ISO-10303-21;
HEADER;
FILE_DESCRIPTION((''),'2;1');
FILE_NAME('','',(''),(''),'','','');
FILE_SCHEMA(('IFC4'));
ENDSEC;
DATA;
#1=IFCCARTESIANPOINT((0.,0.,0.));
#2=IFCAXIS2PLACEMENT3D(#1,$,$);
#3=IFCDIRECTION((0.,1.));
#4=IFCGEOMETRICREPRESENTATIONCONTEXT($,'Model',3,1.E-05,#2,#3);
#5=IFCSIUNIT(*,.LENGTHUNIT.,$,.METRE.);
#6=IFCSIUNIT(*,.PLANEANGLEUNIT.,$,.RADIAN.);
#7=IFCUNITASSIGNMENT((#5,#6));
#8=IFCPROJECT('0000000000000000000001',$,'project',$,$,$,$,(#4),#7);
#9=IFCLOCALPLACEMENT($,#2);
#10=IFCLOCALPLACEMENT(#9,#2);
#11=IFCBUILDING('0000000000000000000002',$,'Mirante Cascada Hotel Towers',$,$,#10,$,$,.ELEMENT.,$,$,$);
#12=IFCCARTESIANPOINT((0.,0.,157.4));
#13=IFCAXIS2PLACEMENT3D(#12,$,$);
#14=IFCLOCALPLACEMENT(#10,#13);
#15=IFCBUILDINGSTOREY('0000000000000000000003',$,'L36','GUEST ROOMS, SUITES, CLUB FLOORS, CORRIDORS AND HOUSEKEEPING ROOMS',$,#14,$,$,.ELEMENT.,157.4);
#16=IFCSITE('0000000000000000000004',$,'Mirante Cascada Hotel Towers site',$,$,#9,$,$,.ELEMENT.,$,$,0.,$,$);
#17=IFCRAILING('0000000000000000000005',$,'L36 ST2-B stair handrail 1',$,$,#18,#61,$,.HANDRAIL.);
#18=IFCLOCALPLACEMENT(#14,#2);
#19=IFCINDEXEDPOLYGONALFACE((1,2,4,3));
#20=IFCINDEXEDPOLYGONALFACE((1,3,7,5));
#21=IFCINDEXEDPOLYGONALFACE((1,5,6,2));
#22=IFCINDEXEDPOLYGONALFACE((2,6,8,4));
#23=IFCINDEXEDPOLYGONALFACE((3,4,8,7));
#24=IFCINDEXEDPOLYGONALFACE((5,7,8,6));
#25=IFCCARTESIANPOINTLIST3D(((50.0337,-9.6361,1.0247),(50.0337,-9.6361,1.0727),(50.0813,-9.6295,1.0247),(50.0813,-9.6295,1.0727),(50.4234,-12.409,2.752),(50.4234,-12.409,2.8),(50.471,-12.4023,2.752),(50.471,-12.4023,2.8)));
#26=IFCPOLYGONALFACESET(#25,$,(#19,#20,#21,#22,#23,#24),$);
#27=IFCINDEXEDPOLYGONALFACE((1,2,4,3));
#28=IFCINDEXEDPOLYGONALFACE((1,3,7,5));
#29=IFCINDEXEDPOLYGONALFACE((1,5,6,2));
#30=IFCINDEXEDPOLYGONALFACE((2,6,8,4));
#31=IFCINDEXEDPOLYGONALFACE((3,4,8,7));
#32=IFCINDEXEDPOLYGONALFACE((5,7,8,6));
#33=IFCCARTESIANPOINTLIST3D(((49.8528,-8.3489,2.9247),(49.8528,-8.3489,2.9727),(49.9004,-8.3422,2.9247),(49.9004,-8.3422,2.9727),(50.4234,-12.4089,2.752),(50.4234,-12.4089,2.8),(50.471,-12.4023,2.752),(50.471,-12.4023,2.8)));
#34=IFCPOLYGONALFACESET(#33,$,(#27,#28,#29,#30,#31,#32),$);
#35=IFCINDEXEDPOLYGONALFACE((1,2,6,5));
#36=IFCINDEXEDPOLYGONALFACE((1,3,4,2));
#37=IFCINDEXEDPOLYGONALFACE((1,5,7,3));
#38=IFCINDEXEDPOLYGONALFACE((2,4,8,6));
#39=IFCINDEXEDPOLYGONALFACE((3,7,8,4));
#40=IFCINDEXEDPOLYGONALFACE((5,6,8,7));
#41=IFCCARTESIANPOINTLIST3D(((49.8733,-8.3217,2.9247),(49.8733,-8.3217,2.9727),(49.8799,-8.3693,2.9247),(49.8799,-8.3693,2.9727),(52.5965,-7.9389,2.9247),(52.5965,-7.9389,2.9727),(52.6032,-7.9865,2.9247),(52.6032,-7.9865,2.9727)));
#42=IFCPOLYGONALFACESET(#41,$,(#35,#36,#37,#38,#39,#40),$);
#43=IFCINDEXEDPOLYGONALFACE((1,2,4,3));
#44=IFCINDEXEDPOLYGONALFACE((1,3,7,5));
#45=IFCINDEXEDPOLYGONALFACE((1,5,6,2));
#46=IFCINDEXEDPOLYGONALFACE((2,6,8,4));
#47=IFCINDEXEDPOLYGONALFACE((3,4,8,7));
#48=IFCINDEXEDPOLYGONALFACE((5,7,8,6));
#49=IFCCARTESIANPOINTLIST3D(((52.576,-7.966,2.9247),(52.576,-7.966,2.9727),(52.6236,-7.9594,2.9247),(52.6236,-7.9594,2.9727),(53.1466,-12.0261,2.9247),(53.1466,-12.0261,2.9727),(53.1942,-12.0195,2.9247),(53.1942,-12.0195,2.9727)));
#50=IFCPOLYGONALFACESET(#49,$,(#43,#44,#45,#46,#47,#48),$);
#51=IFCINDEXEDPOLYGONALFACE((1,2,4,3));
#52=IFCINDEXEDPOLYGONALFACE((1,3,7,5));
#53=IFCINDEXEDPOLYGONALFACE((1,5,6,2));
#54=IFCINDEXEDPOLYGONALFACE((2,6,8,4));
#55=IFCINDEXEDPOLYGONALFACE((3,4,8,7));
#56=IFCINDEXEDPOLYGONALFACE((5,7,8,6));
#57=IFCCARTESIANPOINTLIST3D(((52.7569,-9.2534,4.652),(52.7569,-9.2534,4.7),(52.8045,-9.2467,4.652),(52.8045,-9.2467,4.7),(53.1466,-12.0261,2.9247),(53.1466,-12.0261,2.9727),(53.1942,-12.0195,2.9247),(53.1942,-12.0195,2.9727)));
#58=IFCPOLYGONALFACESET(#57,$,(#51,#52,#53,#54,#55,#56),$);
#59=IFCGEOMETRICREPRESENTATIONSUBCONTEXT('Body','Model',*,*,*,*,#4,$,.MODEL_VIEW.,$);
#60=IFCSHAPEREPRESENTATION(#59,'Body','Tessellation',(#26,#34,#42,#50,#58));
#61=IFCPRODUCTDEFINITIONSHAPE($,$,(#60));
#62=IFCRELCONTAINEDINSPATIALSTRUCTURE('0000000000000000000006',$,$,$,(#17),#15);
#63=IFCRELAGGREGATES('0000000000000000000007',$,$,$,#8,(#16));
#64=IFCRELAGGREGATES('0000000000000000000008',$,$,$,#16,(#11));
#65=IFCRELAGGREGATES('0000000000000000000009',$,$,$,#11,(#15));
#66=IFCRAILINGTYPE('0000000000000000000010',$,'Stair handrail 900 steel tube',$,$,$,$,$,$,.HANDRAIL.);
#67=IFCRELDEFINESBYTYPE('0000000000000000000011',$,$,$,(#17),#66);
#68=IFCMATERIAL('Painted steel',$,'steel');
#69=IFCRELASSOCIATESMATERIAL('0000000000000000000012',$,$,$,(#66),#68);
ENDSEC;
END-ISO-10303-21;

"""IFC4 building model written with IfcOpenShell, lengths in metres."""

from ifc_helpers import new_model, si_unit, direction, frame, origin, origin_2d, place, context, subcontext, project, spatial, rectangle, extrude, material, type_object, element, save


model = new_model("IFC4")

# Units and contexts
model_context = context("Model", 3, precision=1e-05, world=origin(), true_north=direction((0.0, 1.0)))
body_context = subcontext(model_context, "Body", "Model", "MODEL_VIEW")
ifc_project = project(units=[si_unit("LENGTHUNIT", "METRE"), si_unit("PLANEANGLEUNIT", "RADIAN")], contexts=[model_context])

# Site, building, storey
site_placement = place(None, origin())
site = spatial("IfcSite", under=ifc_project, at=site_placement, Name="Mirante Cascada Hotel Towers site", CompositionType="ELEMENT", RefElevation=0.0)
building_placement = place(site_placement, origin())
building = spatial("IfcBuilding", under=site, at=building_placement, Name="Mirante Cascada Hotel Towers", CompositionType="ELEMENT")
storey_placement = place(building_placement, frame((0.0, 0.0, 157.4)))
storey = spatial("IfcBuildingStorey", under=building, at=storey_placement, Name="L36", Description="GUEST ROOMS, SUITES, CLUB FLOORS, CORRIDORS AND HOUSEKEEPING ROOMS", CompositionType="ELEMENT", Elevation=157.4)

# Railing
ifc_material_1 = material(Name="Painted steel", Category="steel")
railing_type_1 = type_object("IfcRailingType", Name="Stair handrail 900 steel tube", PredefinedType="HANDRAIL", material=ifc_material_1)
railing_1_placement = place(storey_placement, frame((50.0575, -9.6328, 0.1727)))
element("IfcRailing", 1, at=railing_1_placement, inside=storey, type_object=railing_type_1, Name="L36 ST2-B stair handrail 1", PredefinedType="HANDRAIL", context=body_context, shape_type="SweptSolid", body=[
    extrude(rectangle(XDim=0.048, YDim=0.048, at=origin_2d()), frame((0.0, 0.0, 0.876), z_axis=(0.139176, -0.990268, 0.0), x_axis=(0.990268, 0.139176, 0.0)), (0.0, 0.525021, 0.851089), 3.29),
    extrude(rectangle(XDim=0.048, YDim=0.048, at=origin_2d()), frame((0.3897, -2.7728, 2.6033), z_axis=(-0.139171, 0.990268, 0.0), x_axis=(-0.990268, -0.139171, 0.0)), (0.0, 0.042085, 0.999114), 4.1036),
    extrude(rectangle(XDim=0.048, YDim=0.048, at=origin_2d()), frame((-0.1809, 1.2873, 2.776), z_axis=(0.990264, 0.139201, 0.0), x_axis=(-0.139201, 0.990264, 0.0)), (0.0, 0.0, 1.0), 2.75),
    extrude(rectangle(XDim=0.048, YDim=0.048, at=origin_2d()), frame((2.5423, 1.6701, 2.776), z_axis=(0.139171, -0.990268, 0.0), x_axis=(0.990268, 0.139171, 0.0)), (0.0, 0.0, 1.0), 4.1),
    extrude(rectangle(XDim=0.048, YDim=0.048, at=origin_2d()), frame((3.1129, -2.39, 2.776), z_axis=(-0.139181, 0.990267, 0.0), x_axis=(-0.990267, -0.139181, 0.0)), (0.0, 0.525035, 0.851081), 3.2899),
])

save(model, "model.ifc")
